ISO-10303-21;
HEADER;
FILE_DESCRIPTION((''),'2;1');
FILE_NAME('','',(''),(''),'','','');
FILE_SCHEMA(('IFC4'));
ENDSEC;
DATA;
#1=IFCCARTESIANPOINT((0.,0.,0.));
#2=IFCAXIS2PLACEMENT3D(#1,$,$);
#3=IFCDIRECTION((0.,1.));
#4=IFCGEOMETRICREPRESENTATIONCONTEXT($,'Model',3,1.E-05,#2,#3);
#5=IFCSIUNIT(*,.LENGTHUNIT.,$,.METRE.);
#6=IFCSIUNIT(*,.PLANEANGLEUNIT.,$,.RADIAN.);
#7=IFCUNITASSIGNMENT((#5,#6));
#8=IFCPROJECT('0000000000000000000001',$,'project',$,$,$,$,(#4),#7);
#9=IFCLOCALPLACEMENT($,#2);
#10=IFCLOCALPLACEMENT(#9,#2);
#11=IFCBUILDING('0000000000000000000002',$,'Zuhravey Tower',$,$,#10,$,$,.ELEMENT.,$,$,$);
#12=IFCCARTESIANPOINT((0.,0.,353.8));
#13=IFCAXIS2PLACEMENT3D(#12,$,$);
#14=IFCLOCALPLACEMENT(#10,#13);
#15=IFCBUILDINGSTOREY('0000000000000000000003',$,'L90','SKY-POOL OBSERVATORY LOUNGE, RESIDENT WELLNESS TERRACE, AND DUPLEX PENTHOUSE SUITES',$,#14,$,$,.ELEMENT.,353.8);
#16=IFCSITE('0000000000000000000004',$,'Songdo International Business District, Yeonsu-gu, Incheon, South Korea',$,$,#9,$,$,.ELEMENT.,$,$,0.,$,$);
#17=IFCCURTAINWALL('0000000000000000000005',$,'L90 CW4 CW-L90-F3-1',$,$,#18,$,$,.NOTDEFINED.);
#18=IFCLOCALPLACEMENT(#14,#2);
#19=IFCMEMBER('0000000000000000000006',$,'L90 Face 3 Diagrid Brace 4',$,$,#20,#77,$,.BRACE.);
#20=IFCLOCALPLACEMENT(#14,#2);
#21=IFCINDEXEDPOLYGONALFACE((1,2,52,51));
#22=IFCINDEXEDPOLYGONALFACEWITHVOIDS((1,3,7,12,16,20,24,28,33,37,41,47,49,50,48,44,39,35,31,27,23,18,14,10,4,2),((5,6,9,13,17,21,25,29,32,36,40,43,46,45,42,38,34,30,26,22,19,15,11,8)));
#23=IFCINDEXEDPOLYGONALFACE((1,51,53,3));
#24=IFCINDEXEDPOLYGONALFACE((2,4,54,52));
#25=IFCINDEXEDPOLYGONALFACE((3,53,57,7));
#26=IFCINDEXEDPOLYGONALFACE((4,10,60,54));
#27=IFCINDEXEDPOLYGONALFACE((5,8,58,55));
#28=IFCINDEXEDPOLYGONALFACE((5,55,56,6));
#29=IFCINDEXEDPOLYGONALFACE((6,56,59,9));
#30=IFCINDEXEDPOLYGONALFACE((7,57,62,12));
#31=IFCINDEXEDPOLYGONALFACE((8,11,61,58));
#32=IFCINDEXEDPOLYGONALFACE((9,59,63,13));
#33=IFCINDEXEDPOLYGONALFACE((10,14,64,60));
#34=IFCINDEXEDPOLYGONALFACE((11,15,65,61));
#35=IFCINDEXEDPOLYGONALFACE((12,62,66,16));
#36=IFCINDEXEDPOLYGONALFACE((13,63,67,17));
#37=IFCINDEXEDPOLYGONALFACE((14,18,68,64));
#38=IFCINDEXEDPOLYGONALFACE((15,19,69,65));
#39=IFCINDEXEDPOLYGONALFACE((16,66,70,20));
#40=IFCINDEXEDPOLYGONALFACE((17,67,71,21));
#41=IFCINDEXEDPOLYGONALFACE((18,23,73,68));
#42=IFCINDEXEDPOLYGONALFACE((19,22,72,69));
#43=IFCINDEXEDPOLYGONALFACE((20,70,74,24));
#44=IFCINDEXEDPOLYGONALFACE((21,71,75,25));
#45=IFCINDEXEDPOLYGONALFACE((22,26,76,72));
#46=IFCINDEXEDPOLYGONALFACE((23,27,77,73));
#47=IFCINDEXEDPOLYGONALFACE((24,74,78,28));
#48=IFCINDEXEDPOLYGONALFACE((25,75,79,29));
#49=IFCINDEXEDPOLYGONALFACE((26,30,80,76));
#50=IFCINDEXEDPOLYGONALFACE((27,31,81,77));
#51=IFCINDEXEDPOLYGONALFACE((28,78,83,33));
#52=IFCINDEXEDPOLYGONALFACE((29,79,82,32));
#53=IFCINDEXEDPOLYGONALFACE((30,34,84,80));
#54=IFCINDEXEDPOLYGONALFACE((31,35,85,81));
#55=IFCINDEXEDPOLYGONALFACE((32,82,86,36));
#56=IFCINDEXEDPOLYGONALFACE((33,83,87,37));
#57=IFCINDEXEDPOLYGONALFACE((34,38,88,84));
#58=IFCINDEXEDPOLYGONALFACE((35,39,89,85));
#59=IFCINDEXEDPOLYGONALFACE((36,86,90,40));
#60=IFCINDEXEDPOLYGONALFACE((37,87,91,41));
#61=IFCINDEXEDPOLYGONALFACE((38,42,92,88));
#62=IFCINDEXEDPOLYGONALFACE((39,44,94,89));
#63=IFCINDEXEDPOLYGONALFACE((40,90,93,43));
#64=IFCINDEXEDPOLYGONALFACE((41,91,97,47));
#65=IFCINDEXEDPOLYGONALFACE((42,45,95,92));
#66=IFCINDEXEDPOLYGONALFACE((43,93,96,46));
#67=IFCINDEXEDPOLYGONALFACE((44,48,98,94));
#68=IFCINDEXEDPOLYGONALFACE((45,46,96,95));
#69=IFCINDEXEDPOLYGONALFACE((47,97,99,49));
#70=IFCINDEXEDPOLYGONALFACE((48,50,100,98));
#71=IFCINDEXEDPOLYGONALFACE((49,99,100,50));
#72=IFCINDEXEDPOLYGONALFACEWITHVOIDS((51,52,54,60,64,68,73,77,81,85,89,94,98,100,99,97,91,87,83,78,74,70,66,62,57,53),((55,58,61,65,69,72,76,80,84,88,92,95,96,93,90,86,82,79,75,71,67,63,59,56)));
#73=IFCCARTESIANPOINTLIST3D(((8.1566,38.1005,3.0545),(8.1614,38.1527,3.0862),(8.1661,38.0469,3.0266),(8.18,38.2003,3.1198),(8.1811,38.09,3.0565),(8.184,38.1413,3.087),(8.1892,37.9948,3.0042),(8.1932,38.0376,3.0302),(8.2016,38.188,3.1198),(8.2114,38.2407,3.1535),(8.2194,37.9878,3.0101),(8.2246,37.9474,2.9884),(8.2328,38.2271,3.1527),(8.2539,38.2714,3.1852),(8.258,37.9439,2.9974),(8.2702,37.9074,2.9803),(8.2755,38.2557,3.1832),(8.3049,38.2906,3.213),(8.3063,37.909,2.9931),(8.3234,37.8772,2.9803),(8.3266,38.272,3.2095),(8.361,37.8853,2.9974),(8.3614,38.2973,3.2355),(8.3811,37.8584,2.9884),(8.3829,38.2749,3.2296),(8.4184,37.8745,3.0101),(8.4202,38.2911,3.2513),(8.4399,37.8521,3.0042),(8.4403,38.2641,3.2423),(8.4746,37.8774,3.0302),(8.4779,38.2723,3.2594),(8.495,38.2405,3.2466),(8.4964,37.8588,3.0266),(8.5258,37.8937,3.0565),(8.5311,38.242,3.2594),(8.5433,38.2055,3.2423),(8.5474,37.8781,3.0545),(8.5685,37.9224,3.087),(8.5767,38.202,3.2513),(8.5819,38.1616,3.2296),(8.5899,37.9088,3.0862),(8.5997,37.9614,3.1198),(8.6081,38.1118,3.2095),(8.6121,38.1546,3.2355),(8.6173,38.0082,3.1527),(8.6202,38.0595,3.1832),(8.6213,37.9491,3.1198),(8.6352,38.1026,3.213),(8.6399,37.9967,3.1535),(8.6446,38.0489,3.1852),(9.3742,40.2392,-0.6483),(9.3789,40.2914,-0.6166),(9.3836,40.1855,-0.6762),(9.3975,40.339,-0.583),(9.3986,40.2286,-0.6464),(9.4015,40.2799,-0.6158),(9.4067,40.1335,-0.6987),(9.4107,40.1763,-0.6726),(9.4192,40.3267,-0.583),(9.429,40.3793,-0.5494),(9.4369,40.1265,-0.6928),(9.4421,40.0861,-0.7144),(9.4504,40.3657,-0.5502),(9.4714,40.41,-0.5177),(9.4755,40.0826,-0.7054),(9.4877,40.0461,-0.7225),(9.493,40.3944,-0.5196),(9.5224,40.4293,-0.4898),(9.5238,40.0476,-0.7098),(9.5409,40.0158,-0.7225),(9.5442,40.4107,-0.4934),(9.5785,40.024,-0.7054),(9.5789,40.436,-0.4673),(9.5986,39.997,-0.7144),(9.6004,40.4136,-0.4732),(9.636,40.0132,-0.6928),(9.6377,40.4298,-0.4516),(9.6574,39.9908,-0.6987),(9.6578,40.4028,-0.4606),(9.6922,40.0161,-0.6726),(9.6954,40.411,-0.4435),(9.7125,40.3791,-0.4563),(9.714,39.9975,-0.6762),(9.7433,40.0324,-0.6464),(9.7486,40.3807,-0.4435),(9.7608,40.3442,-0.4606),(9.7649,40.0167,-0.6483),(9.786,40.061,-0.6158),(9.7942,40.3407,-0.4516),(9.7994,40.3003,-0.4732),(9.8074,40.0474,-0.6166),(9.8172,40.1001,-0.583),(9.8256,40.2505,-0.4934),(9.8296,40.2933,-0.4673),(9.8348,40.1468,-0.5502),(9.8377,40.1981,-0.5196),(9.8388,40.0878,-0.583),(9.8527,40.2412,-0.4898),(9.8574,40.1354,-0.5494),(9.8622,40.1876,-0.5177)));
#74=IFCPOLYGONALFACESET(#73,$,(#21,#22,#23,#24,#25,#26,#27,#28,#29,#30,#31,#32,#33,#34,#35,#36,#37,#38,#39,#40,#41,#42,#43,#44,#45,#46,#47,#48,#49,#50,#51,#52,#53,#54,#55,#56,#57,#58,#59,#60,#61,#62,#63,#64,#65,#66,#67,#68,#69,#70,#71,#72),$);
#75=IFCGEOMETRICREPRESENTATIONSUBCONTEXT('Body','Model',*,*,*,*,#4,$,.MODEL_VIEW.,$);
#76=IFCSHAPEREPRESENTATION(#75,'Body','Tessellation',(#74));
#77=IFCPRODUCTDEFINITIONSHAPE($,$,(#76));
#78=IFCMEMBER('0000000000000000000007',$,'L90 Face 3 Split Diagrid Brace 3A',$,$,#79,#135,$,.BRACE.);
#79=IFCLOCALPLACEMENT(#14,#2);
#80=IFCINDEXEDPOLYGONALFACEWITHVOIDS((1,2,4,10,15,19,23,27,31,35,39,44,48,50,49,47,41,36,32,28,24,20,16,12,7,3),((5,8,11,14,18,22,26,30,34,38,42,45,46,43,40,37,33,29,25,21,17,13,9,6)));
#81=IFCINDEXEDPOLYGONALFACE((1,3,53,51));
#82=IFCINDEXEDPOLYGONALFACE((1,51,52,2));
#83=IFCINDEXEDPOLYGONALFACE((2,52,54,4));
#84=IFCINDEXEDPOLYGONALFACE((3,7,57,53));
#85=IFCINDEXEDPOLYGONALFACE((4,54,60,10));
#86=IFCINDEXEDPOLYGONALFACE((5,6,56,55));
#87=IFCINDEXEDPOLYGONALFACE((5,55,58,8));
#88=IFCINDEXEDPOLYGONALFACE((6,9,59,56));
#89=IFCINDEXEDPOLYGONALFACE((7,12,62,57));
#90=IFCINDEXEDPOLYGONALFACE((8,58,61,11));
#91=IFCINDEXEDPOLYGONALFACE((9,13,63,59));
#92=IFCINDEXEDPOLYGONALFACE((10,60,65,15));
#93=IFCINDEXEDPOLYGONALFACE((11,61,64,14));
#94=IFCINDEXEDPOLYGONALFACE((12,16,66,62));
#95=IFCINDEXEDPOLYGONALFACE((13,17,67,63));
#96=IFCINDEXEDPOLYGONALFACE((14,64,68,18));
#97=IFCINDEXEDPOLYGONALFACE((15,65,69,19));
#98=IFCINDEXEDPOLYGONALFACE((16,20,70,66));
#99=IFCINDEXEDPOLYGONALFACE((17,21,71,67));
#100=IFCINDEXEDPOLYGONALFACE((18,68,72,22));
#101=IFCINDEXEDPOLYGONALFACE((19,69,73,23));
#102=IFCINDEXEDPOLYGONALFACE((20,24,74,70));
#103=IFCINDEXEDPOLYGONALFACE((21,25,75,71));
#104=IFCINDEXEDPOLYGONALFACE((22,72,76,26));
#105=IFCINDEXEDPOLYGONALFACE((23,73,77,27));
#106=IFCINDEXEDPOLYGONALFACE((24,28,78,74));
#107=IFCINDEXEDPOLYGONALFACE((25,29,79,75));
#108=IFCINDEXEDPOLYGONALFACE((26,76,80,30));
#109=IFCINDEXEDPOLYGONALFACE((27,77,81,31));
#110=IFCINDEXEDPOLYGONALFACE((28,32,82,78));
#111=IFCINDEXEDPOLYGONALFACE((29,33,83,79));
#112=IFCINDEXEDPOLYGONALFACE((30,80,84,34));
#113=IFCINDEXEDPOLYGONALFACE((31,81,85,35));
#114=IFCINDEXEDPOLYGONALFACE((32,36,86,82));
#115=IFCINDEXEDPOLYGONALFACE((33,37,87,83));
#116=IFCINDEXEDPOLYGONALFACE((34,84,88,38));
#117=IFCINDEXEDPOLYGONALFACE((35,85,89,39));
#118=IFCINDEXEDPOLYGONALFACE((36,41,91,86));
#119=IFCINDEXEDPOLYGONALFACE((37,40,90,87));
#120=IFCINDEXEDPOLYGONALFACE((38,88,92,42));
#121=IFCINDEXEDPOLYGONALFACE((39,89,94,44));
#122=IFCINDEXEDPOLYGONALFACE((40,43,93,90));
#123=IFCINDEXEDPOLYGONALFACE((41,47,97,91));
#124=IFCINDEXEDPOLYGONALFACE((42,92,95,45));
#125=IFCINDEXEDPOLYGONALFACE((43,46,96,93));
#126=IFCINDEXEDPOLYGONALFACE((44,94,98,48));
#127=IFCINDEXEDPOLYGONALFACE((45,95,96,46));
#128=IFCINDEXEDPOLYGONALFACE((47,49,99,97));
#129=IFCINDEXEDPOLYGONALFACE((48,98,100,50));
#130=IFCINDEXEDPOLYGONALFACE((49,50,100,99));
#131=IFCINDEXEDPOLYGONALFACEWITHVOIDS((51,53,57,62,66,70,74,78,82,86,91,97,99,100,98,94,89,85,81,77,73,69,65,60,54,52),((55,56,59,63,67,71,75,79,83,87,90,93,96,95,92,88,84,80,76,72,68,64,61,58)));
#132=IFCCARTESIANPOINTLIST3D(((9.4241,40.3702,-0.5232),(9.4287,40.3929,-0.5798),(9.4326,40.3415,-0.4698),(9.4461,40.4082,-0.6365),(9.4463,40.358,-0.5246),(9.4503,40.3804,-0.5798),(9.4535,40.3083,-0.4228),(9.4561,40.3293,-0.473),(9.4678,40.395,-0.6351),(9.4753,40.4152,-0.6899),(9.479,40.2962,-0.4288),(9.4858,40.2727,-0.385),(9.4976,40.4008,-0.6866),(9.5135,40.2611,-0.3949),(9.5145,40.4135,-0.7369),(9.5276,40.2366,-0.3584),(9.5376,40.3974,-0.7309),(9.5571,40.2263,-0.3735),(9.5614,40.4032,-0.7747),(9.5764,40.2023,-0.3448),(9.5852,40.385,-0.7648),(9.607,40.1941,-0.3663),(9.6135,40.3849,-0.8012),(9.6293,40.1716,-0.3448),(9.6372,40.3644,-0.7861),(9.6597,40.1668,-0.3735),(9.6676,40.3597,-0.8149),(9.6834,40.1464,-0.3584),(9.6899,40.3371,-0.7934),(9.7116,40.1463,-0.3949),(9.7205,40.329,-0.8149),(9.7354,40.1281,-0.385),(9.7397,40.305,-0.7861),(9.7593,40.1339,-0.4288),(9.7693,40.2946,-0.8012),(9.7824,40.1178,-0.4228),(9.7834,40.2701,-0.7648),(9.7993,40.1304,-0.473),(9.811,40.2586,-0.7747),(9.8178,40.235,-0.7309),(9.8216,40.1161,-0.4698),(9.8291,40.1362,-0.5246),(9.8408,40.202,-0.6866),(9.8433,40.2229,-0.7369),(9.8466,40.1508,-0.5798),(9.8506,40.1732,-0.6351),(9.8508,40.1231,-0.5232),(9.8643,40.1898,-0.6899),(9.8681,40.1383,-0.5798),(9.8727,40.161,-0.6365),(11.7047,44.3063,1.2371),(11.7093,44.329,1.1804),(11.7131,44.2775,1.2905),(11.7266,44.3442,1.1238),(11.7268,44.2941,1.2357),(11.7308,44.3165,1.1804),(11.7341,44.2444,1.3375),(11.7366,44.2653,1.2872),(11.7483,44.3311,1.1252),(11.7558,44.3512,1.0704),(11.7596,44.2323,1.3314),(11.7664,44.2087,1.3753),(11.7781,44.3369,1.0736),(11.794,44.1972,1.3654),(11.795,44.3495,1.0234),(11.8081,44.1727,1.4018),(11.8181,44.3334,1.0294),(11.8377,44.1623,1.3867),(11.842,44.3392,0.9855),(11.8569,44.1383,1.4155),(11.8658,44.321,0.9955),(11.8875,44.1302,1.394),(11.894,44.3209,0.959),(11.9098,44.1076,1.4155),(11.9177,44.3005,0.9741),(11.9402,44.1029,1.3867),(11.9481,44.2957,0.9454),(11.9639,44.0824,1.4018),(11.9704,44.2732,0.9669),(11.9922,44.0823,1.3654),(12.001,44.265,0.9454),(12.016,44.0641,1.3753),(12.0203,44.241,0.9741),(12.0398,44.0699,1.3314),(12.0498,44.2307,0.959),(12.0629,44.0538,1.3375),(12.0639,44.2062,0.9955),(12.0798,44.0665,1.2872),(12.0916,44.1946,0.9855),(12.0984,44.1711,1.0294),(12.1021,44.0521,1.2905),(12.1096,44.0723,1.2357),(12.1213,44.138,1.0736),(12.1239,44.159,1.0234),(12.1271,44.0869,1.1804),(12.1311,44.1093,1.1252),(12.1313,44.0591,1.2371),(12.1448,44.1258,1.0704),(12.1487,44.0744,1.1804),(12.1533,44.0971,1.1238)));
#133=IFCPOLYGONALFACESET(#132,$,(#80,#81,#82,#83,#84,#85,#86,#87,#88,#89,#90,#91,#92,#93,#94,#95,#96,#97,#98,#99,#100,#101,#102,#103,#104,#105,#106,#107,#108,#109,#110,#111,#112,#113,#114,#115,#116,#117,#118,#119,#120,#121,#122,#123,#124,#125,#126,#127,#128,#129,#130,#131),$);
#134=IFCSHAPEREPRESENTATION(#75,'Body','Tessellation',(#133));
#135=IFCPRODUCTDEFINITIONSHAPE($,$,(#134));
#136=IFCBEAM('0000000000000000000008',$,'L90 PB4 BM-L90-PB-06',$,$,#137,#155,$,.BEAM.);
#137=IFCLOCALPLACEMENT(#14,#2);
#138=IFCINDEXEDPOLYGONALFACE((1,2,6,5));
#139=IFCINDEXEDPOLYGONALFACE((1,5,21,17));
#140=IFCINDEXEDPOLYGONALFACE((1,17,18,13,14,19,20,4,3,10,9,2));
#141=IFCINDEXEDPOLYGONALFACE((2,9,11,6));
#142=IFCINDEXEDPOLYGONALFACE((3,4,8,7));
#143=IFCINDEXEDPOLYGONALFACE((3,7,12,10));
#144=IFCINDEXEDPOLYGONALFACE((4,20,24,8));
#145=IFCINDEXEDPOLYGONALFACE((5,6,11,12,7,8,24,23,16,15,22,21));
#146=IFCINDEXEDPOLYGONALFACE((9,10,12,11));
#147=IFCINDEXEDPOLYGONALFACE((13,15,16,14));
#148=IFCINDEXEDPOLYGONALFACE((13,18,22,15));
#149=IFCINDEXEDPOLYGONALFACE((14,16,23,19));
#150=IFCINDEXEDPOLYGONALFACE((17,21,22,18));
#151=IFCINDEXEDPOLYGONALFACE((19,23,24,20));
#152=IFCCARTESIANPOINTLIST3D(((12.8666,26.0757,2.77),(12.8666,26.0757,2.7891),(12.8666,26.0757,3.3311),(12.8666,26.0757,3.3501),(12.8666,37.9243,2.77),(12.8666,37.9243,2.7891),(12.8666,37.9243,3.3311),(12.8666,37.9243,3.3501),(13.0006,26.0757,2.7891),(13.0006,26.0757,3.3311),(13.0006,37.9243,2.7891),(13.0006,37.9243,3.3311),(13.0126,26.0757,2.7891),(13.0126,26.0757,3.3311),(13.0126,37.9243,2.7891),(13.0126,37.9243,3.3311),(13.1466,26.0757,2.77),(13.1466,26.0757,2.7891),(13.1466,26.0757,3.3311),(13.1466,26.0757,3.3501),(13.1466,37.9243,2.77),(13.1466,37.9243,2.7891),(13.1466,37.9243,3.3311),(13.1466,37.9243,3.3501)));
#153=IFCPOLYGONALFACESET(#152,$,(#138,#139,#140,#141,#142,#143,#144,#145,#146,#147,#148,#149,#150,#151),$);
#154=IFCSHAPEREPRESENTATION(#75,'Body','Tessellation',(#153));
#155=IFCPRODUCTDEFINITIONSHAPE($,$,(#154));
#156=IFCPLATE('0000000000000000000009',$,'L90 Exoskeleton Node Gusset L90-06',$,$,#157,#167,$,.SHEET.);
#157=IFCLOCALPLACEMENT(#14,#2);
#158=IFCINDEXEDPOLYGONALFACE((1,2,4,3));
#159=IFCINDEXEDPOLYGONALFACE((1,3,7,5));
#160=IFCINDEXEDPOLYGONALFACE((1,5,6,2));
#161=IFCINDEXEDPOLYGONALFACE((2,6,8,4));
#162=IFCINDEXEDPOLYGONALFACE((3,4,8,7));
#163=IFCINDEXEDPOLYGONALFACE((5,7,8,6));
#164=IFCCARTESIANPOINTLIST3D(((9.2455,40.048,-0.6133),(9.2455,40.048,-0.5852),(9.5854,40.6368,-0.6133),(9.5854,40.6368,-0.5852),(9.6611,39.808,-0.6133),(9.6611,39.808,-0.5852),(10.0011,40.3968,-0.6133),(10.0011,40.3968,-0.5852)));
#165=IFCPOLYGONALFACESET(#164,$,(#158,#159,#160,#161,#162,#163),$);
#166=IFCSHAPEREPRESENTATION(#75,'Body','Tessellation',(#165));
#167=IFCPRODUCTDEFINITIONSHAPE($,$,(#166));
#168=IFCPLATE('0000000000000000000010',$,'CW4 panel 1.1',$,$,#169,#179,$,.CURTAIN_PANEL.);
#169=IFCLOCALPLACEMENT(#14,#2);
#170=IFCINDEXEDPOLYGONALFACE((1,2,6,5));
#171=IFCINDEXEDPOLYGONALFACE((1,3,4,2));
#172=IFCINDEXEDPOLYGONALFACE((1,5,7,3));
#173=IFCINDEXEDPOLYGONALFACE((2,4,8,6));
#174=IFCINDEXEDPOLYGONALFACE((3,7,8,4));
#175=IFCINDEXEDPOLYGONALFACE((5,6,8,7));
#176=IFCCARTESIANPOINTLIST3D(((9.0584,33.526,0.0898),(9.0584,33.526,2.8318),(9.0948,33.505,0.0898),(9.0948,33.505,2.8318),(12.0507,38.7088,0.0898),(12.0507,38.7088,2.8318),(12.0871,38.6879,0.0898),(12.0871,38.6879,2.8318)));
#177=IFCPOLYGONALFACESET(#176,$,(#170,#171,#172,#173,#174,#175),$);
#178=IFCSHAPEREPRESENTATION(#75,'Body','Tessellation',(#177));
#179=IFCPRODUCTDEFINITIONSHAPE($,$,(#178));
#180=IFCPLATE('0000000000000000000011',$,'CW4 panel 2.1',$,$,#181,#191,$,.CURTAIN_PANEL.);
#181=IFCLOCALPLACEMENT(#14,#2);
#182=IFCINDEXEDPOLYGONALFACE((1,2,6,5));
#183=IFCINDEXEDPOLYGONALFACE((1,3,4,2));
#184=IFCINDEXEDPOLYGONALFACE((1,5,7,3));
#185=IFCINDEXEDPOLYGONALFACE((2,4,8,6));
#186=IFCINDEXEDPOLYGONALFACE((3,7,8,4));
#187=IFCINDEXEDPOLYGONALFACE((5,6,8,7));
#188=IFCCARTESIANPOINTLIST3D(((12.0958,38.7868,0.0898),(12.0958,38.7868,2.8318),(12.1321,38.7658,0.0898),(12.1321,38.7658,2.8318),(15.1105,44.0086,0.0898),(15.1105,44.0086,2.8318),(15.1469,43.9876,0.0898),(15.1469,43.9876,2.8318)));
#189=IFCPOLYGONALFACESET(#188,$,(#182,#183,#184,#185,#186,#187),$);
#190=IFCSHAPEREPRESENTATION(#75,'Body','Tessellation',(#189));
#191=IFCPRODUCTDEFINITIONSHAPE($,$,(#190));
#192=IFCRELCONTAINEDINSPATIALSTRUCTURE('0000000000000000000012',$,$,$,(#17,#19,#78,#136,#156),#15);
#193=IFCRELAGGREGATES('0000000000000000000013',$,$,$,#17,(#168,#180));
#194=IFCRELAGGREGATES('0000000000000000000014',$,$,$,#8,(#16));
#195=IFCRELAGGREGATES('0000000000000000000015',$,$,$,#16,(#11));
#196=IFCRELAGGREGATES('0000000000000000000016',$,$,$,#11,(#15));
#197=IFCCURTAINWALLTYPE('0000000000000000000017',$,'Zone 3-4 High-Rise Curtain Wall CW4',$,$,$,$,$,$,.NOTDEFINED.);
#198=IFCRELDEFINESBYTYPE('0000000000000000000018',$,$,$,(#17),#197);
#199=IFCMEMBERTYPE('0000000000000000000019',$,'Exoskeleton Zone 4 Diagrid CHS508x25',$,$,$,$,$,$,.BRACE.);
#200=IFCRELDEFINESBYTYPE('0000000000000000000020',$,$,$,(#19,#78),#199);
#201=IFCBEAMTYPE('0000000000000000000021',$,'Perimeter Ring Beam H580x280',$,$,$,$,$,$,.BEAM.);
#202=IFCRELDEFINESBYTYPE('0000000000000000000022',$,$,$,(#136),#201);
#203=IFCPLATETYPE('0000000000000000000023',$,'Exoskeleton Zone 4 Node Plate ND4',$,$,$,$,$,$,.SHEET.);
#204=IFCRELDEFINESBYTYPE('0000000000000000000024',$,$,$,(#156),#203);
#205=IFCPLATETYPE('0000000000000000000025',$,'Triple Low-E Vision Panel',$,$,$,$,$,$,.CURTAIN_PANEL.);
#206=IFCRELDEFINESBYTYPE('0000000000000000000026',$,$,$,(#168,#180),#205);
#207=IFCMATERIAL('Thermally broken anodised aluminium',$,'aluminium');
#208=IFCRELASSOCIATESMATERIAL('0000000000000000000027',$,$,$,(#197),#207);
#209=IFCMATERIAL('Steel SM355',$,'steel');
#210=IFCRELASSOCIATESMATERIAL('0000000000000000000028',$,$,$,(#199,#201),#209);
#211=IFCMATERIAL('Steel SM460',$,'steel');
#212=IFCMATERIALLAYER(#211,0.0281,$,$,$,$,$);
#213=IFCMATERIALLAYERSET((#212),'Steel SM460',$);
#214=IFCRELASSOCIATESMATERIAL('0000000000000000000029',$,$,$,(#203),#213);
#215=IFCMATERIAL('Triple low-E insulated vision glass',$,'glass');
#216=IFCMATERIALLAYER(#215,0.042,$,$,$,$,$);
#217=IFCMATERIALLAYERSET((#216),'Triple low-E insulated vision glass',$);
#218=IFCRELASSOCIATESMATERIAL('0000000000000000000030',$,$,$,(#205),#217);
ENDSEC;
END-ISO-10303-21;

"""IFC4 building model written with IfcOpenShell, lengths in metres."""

from ifc_helpers import new_model, si_unit, direction, frame, origin, origin_2d, place, context, subcontext, project, spatial, rectangle, hollow_circle, i_section, extrude, material, layer, layer_set, material_profile, profile_set, type_object, element, aggregate, save


model = new_model("IFC4")

# Units and contexts
model_context = context("Model", 3, precision=1e-05, world=origin(), true_north=direction((0.0, 1.0)))
body_context = subcontext(model_context, "Body", "Model", "MODEL_VIEW")
ifc_project = project(units=[si_unit("LENGTHUNIT", "METRE"), si_unit("PLANEANGLEUNIT", "RADIAN")], contexts=[model_context])

# Site, building, storey
site_placement = place(None, origin())
site = spatial("IfcSite", under=ifc_project, at=site_placement, Name="Songdo International Business District, Yeonsu-gu, Incheon, South Korea", CompositionType="ELEMENT", RefElevation=0.0)
building_placement = place(site_placement, origin())
building = spatial("IfcBuilding", under=site, at=building_placement, Name="Zuhravey Tower", CompositionType="ELEMENT")
storey_placement = place(building_placement, frame((0.0, 0.0, 353.8)))
storey = spatial("IfcBuildingStorey", under=building, at=storey_placement, Name="L90", Description="SKY-POOL OBSERVATORY LOUNGE, RESIDENT WELLNESS TERRACE, AND DUPLEX PENTHOUSE SUITES", CompositionType="ELEMENT", Elevation=353.8)

# Shared definitions
ifc_material_1 = material(Name="Thermally broken anodised aluminium", Category="aluminium")
curtain_wall_type = type_object("IfcCurtainWallType", Name="Zone 3-4 High-Rise Curtain Wall CW4", PredefinedType="NOTDEFINED", material=ifc_material_1)

# Curtain wall
curtain_wall_1_placement = place(storey_placement, origin())
curtain_wall_1 = element("IfcCurtainWall", 1, at=curtain_wall_1_placement, inside=storey, type_object=curtain_wall_type, Name="L90 CW4 CW-L90-F3-1", PredefinedType="NOTDEFINED")

# Shared definitions
ifc_material_2 = material(Name="Steel SM460", Category="steel")

# Members
ifc_material_3 = material(Name="Steel SM355", Category="steel")
ifc_material_profile_1 = material_profile(ifc_material_3, hollow_circle(Radius=0.2539, WallThickness=0.0249, at=origin_2d()), Name="CHS-508.0x25")
ifc_profile_set_1 = profile_set([ifc_material_profile_1], Name="Steel SM355")
member_type_1 = type_object("IfcMemberType", Name="Exoskeleton Zone 4 Diagrid CHS508x25", PredefinedType="BRACE", material=ifc_profile_set_1)
member_1_placement = place(storey_placement, frame((9.6182, 40.2134, -0.583), z_axis=(-0.273843, -0.481024, 0.832842), x_axis=(0.869042, -0.494739, 0.0)))
element("IfcMember", 2, at=member_1_placement, inside=storey, type_object=member_type_1, Name="L90 Face 3 Diagrid Brace 4", PredefinedType="BRACE", context=body_context, shape_type="SweptSolid", body=[
    extrude(hollow_circle(Radius=0.2539, WallThickness=0.0249, at=origin_2d()), origin(), (0.0, 0.0, 1.0), 4.446),
])
member_2_placement = place(storey_placement, frame((9.6484, 40.2656, -0.5798), z_axis=(0.467543, 0.806951, 0.36088), x_axis=(-0.865258, 0.501326, 0.0)))
element("IfcMember", 3, at=member_2_placement, inside=storey, type_object=member_type_1, Name="L90 Face 3 Split Diagrid Brace 3A", PredefinedType="BRACE", context=body_context, shape_type="SweptSolid", body=[
    extrude(hollow_circle(Radius=0.2539, WallThickness=0.0249, at=origin_2d()), origin(), (0.0, 0.0, 1.0), 4.8777),
])

# Beam
ifc_material_profile_2 = material_profile(ifc_material_3, i_section(OverallWidth=0.28, OverallDepth=0.5801, WebThickness=0.012, FlangeThickness=0.019, at=origin_2d()), Name="H-580x280x12x19")
ifc_profile_set_2 = profile_set([ifc_material_profile_2], Name="Steel SM355")
beam_type_1 = type_object("IfcBeamType", Name="Perimeter Ring Beam H580x280", PredefinedType="BEAM", material=ifc_profile_set_2)
beam_1_placement = place(storey_placement, frame((13.0066, 37.9243, 3.0601), z_axis=(0.0, -1.0, 0.0), x_axis=(1.0, 0.0, 0.0)))
element("IfcBeam", 4, at=beam_1_placement, inside=storey, type_object=beam_type_1, Name="L90 PB4 BM-L90-PB-06", PredefinedType="BEAM", context=body_context, shape_type="SweptSolid", body=[
    extrude(i_section(OverallWidth=0.28, OverallDepth=0.5801, WebThickness=0.012, FlangeThickness=0.019, at=origin_2d()), origin(), (0.0, 0.0, 1.0), 11.8486),
])

# Plates
ifc_layer_1 = layer(ifc_material_2, 0.0281)
ifc_layer_set_1 = layer_set([ifc_layer_1], Name="Steel SM460")
plate_type_1 = type_object("IfcPlateType", Name="Exoskeleton Zone 4 Node Plate ND4", PredefinedType="SHEET", material=ifc_layer_set_1)
plate_1_placement = place(storey_placement, frame((9.6233, 40.2224, -0.6133), z_axis=(0.0, 0.0, 1.0), x_axis=(-0.5, -0.866025, 0.0)))
element("IfcPlate", 5, at=plate_1_placement, inside=storey, type_object=plate_type_1, Name="L90 Exoskeleton Node Gusset L90-06", PredefinedType="SHEET", context=body_context, shape_type="SweptSolid", body=[
    extrude(rectangle(XDim=0.6799, YDim=0.48, at=origin_2d()), origin(), (0.0, 0.0, 1.0), 0.0281),
])
ifc_material_4 = material(Name="Triple low-E insulated vision glass", Category="glass")
ifc_layer_2 = layer(ifc_material_4, 0.042)
ifc_layer_set_2 = layer_set([ifc_layer_2], Name="Triple low-E insulated vision glass")
plate_type_2 = type_object("IfcPlateType", Name="Triple Low-E Vision Panel", PredefinedType="CURTAIN_PANEL", material=ifc_layer_set_2)
plate_2_placement = place(storey_placement, frame((10.5728, 36.1069, 0.0898), z_axis=(0.0, 0.0, 1.0), x_axis=(0.5, 0.866026, 0.0)))
plate_2 = element("IfcPlate", 6, at=plate_2_placement, type_object=plate_type_2, Name="CW4 panel 1.1", PredefinedType="CURTAIN_PANEL", context=body_context, shape_type="SweptSolid", body=[
    extrude(rectangle(XDim=5.9846, YDim=0.042, at=origin_2d()), origin(), (0.0, 0.0, 1.0), 2.7419),
])
plate_3_placement = place(storey_placement, frame((13.6213, 41.3872, 0.0898), z_axis=(0.0, 0.0, 1.0), x_axis=(0.5, 0.866026, 0.0)))
plate_3 = element("IfcPlate", 7, at=plate_3_placement, type_object=plate_type_2, Name="CW4 panel 2.1", PredefinedType="CURTAIN_PANEL", context=body_context, shape_type="SweptSolid", body=[
    extrude(rectangle(XDim=6.0295, YDim=0.042, at=origin_2d()), origin(), (0.0, 0.0, 1.0), 2.7419),
])
aggregate(curtain_wall_1, [plate_2, plate_3])

save(model, "model.ifc")
